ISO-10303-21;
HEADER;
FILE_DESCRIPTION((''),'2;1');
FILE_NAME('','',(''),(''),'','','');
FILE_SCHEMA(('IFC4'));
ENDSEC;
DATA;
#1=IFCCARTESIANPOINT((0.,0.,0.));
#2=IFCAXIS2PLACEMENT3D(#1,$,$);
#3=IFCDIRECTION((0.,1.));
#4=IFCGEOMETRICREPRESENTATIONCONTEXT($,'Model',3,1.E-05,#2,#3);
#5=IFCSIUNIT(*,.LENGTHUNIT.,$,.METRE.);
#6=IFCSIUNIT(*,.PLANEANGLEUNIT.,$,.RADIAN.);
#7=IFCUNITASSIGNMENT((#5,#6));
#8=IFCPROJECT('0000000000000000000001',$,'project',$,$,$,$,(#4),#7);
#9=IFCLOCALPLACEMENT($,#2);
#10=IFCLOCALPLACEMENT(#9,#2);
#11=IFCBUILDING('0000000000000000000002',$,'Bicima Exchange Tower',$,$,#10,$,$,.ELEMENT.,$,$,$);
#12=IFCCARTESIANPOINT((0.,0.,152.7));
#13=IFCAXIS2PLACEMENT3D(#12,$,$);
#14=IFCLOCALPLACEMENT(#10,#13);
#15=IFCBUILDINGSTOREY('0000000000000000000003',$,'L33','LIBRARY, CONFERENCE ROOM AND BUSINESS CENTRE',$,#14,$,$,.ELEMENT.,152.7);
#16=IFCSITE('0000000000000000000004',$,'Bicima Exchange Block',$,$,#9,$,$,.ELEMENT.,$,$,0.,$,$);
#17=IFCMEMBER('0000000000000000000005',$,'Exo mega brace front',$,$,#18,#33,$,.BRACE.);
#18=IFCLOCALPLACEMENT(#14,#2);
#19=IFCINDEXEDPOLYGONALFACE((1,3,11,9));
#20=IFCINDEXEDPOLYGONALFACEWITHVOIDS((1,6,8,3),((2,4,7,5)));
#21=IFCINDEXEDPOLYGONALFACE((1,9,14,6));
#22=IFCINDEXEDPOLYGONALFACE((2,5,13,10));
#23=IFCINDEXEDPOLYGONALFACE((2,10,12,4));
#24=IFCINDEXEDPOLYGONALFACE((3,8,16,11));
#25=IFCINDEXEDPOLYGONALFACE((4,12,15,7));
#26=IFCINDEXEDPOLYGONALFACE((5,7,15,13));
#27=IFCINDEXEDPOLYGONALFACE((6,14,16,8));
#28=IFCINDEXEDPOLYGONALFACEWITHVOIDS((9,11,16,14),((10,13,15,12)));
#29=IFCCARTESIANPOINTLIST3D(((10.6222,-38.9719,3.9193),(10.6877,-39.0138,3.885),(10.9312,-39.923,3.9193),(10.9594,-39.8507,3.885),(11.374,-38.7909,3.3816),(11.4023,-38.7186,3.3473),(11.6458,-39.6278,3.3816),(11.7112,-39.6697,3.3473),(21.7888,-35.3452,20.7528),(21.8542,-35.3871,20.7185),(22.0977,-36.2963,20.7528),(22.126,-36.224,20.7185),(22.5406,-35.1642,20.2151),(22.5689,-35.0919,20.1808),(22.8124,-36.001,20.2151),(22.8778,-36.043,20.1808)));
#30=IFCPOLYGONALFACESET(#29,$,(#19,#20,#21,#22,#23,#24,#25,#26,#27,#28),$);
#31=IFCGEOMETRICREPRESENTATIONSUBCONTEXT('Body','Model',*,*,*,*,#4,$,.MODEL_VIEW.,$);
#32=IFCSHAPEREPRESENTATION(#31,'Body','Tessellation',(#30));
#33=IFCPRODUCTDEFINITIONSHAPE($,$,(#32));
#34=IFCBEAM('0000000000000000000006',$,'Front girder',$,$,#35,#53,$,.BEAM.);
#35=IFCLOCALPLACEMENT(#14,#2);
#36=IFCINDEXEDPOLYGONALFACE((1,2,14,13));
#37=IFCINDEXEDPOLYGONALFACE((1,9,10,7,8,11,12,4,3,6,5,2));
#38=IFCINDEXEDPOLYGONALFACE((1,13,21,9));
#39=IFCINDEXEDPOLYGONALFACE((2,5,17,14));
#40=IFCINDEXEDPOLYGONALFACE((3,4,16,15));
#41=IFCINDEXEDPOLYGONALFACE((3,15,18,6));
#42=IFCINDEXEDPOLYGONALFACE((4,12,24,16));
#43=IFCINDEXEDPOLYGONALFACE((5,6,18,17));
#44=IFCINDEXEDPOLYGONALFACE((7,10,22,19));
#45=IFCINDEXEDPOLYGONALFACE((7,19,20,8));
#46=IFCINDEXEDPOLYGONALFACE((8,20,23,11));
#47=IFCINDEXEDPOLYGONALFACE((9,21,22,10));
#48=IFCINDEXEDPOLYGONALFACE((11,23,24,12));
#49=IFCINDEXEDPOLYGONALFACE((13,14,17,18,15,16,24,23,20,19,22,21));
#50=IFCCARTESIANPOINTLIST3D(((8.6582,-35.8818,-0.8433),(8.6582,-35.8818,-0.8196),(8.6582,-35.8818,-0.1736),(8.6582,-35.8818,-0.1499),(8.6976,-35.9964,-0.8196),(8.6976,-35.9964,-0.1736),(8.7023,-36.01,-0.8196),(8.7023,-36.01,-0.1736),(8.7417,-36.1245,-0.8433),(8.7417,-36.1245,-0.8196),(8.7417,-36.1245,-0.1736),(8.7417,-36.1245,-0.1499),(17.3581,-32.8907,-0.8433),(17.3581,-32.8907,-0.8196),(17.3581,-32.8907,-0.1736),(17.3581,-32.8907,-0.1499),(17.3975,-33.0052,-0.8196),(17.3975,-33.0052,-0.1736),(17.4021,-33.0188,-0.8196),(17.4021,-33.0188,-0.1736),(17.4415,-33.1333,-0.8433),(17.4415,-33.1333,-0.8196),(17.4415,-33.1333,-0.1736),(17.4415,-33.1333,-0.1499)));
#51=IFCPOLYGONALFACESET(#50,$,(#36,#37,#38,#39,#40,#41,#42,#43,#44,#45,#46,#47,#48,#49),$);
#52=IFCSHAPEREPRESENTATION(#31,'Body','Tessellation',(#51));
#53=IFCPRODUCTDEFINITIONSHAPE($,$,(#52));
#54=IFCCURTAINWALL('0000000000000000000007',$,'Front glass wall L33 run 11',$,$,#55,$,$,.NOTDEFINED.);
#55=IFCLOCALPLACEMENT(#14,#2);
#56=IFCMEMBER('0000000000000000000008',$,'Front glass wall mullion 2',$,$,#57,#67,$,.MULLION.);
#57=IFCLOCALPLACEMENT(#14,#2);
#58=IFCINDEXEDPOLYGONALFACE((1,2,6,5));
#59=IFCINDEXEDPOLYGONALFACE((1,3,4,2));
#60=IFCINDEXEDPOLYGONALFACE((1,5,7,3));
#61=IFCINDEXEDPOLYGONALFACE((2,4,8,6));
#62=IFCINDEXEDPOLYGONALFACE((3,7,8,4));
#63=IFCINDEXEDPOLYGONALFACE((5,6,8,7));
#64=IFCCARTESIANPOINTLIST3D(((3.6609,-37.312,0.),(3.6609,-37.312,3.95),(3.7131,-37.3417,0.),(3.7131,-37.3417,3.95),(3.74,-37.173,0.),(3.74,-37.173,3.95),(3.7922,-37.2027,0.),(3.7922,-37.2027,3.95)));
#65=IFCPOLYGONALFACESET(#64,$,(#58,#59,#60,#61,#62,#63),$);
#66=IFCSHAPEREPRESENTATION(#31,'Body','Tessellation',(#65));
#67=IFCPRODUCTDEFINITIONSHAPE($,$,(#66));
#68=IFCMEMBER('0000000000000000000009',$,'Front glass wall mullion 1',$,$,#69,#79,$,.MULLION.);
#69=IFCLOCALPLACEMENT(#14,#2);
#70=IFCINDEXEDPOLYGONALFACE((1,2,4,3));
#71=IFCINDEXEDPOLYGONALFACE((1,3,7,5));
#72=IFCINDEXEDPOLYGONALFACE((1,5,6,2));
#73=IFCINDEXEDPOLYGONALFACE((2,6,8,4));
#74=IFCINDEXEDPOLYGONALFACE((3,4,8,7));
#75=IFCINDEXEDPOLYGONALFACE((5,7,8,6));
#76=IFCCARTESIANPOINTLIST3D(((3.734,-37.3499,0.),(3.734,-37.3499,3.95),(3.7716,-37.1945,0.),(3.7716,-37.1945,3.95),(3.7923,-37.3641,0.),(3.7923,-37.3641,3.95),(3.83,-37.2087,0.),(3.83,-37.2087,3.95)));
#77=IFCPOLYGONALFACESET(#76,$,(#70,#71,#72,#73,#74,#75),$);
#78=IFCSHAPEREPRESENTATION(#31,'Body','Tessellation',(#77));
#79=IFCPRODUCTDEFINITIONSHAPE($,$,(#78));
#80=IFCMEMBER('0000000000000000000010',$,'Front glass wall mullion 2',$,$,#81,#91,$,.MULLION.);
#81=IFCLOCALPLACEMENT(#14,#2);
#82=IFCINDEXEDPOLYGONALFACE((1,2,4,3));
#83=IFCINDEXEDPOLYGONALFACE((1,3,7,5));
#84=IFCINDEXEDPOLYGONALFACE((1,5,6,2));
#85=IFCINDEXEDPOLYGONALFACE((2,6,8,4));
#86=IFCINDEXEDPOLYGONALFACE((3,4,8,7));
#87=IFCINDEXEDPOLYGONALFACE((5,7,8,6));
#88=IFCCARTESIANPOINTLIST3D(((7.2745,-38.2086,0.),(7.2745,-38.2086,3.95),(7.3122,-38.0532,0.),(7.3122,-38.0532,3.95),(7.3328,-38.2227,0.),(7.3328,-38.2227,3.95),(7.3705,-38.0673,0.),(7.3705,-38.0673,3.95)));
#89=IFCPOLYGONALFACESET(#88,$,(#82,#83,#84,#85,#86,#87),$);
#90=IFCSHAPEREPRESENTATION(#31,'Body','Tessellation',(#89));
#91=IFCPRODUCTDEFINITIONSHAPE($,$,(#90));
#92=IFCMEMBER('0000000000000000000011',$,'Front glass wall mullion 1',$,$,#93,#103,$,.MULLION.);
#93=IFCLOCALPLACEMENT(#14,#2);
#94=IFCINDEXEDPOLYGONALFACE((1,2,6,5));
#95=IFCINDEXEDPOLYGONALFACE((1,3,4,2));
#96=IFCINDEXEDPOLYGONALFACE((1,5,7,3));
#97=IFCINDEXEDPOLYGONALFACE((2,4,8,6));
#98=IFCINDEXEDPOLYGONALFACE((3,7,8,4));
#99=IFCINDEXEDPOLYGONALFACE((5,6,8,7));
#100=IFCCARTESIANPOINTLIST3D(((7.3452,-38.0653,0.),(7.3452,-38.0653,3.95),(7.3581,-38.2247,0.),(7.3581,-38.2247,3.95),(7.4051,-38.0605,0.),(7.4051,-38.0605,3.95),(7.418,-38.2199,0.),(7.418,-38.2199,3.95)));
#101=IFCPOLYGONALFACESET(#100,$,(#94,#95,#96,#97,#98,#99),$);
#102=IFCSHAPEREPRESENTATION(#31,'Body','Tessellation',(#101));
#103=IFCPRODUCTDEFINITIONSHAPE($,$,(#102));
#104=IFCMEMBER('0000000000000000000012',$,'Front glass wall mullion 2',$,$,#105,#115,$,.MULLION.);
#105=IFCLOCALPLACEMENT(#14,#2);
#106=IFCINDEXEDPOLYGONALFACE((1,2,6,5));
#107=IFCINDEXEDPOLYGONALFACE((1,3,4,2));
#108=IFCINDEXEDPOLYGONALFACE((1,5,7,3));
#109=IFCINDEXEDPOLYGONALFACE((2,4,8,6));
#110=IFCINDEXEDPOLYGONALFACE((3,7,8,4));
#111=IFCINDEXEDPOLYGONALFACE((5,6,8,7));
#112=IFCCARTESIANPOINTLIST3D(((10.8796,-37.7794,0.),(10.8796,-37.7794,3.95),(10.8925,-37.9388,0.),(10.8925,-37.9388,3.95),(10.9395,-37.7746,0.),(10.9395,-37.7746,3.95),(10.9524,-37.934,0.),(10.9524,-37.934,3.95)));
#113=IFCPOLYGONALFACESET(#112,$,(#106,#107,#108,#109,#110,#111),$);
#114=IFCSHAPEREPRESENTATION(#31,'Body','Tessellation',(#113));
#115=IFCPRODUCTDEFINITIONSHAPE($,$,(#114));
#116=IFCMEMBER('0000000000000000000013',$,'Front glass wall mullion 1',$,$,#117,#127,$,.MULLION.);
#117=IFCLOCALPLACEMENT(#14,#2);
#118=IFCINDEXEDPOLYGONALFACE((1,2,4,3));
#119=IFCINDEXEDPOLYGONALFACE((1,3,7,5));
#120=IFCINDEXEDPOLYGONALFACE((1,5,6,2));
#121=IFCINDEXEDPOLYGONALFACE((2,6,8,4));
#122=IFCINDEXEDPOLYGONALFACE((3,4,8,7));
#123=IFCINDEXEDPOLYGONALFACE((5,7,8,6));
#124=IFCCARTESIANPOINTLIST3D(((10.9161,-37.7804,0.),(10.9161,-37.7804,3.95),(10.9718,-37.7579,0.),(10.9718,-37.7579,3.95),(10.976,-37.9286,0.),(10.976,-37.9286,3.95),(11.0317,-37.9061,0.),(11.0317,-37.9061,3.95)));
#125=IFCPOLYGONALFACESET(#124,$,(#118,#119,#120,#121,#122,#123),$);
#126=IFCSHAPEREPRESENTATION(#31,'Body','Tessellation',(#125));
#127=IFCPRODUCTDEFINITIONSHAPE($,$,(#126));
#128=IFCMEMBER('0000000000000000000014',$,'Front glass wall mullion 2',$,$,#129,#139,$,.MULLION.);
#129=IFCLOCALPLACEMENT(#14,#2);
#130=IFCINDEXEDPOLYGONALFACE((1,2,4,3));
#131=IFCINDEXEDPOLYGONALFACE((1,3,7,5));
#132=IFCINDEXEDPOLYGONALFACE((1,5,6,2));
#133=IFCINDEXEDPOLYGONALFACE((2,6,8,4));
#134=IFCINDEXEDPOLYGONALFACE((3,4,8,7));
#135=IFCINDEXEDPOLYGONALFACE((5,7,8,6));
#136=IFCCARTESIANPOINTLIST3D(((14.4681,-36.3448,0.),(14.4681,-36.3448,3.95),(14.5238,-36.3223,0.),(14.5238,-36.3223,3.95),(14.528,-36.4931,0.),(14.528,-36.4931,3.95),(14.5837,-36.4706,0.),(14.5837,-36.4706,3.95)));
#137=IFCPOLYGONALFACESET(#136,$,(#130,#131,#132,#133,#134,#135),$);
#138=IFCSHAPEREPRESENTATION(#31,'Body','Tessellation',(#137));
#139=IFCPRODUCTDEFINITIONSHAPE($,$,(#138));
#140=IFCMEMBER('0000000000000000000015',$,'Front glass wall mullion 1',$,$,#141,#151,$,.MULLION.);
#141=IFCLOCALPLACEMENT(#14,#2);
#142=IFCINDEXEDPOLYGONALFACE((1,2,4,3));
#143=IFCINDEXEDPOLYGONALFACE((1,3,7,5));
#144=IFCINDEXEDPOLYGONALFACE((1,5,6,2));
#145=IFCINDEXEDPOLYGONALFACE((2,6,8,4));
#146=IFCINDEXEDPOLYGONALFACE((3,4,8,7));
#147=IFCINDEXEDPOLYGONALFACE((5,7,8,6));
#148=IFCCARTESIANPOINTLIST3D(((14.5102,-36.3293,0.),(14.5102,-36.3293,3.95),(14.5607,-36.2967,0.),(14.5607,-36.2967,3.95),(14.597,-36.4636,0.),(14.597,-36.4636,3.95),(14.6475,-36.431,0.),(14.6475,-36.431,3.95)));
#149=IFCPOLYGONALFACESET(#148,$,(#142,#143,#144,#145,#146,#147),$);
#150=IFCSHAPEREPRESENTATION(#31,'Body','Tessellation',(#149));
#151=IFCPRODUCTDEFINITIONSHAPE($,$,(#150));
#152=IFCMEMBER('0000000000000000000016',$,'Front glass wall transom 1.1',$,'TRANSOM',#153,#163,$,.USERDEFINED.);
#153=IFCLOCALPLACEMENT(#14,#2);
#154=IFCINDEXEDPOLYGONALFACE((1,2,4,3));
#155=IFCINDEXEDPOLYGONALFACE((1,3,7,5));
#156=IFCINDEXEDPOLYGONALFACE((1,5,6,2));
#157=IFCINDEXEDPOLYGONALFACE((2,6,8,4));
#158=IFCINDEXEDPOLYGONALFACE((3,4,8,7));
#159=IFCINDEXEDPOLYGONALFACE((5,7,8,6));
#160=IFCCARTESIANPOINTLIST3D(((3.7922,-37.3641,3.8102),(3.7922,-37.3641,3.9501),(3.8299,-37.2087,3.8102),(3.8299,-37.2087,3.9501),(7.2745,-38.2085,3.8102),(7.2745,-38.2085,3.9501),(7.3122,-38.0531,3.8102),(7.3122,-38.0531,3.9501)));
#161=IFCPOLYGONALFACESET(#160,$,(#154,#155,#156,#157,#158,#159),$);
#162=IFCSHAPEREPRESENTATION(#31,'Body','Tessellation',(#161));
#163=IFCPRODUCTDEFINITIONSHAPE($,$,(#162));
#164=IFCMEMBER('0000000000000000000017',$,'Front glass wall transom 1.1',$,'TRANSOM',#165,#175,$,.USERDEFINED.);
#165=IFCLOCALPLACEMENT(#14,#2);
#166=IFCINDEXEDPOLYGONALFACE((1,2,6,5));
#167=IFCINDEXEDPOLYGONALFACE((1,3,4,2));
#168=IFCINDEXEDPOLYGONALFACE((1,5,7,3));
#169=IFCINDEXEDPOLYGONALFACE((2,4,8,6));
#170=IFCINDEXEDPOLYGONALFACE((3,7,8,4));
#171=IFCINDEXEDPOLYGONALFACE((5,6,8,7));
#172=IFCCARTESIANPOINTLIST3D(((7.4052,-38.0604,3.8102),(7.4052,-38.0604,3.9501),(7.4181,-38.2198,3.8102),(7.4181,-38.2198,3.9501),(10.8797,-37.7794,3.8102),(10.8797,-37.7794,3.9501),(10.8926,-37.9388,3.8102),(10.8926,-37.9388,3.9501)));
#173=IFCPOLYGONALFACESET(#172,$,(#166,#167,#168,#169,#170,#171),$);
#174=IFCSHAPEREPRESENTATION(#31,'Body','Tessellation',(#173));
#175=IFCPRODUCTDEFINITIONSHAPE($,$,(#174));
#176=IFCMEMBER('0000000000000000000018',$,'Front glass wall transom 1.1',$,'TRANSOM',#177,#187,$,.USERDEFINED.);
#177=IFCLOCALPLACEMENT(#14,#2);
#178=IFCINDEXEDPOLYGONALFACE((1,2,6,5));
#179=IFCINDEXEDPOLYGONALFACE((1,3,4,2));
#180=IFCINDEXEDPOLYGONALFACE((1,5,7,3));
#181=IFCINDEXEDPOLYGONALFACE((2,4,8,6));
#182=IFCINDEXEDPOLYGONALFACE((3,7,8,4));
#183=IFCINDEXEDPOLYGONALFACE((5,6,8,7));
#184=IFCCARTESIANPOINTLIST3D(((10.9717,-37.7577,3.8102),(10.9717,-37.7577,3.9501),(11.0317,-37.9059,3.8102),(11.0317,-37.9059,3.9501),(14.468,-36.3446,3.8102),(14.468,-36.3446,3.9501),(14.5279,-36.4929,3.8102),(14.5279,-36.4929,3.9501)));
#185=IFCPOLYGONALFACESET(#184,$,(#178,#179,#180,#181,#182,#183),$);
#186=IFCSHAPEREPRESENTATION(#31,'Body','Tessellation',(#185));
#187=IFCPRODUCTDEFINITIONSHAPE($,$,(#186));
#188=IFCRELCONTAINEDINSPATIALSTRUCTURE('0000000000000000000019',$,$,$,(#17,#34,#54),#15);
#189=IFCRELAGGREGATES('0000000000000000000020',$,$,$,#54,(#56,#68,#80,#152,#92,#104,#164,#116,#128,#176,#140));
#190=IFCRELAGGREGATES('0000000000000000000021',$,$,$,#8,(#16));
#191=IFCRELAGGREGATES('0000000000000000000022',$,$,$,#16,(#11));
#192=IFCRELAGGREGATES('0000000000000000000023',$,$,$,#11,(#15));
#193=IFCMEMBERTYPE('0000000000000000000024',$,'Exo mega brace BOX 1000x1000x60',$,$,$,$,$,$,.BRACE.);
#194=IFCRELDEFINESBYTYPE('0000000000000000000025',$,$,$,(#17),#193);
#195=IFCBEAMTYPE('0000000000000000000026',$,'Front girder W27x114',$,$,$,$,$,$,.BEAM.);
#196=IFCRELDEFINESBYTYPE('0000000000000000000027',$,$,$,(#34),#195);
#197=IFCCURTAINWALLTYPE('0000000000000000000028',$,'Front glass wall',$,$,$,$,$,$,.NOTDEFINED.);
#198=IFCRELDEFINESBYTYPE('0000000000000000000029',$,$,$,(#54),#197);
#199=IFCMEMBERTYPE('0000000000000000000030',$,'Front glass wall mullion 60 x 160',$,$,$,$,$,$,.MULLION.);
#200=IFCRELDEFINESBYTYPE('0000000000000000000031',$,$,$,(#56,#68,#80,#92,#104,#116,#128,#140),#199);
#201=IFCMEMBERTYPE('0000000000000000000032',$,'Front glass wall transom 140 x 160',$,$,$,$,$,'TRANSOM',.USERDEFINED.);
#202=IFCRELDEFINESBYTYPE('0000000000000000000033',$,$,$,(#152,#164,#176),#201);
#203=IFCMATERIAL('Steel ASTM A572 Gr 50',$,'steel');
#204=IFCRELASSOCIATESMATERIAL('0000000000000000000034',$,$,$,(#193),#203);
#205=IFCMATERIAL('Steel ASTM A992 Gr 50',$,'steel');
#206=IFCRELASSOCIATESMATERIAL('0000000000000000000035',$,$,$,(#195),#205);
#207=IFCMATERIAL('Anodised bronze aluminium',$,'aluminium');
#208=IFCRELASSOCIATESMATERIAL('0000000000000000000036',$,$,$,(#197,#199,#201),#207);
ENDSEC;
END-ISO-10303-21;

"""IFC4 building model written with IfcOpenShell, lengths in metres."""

from ifc_helpers import new_model, si_unit, direction, frame, origin, origin_2d, place, context, subcontext, project, spatial, rectangle, hollow_rectangle, i_section, extrude, material, material_profile, profile_set, type_object, element, aggregate, save


model = new_model("IFC4")

# Units and contexts
model_context = context("Model", 3, precision=1e-05, world=origin(), true_north=direction((0.0, 1.0)))
body_context = subcontext(model_context, "Body", "Model", "MODEL_VIEW")
ifc_project = project(units=[si_unit("LENGTHUNIT", "METRE"), si_unit("PLANEANGLEUNIT", "RADIAN")], contexts=[model_context])

# Site, building, storey
site_placement = place(None, origin())
site = spatial("IfcSite", under=ifc_project, at=site_placement, Name="Bicima Exchange Block", CompositionType="ELEMENT", RefElevation=0.0)
building_placement = place(site_placement, origin())
building = spatial("IfcBuilding", under=site, at=building_placement, Name="Bicima Exchange Tower", CompositionType="ELEMENT")
storey_placement = place(building_placement, frame((0.0, 0.0, 152.7)))
storey = spatial("IfcBuildingStorey", under=building, at=storey_placement, Name="L33", Description="LIBRARY, CONFERENCE ROOM AND BUSINESS CENTRE", CompositionType="ELEMENT", Elevation=152.7)

# Member
ifc_material_1 = material(Name="Steel ASTM A572 Gr 50", Category="steel")
ifc_material_profile_1 = material_profile(ifc_material_1, hollow_rectangle(XDim=1.0, YDim=1.0, WallThickness=0.0601, at=origin_2d()))
ifc_profile_set_1 = profile_set([ifc_material_profile_1], Name="Steel ASTM A572 Gr 50")
member_type_1 = type_object("IfcMemberType", Name="Exo mega brace BOX 1000x1000x60", PredefinedType="BRACE", material=ifc_profile_set_1)
member_1_placement = place(storey_placement, frame((11.1667, -39.3208, 3.6333), z_axis=(0.544086, 0.176711, 0.820209), x_axis=(-0.308901, 0.951094, 0.0)))
element("IfcMember", 1, at=member_1_placement, inside=storey, type_object=member_type_1, Name="Exo mega brace front", PredefinedType="BRACE", context=body_context, shape_type="SweptSolid", body=[
    extrude(hollow_rectangle(XDim=1.0, YDim=1.0, WallThickness=0.0601, at=origin_2d()), origin(), (0.0, 0.0, 1.0), 20.5234),
])

# Beam
ifc_material_2 = material(Name="Steel ASTM A992 Gr 50", Category="steel")
ifc_material_profile_2 = material_profile(ifc_material_2, i_section(OverallWidth=0.2566, OverallDepth=0.6934, WebThickness=0.0144, FlangeThickness=0.0237, at=origin_2d()))
ifc_profile_set_2 = profile_set([ifc_material_profile_2], Name="Steel ASTM A992 Gr 50")
beam_type = type_object("IfcBeamType", Name="Front girder W27x114", PredefinedType="BEAM", material=ifc_profile_set_2)
beam_placement = place(storey_placement, frame((8.7, -36.0032, -0.4966), z_axis=(0.945666, 0.325138, 0.0), x_axis=(-0.325138, 0.945666, 0.0)))
element("IfcBeam", 2, at=beam_placement, inside=storey, type_object=beam_type, Name="Front girder", PredefinedType="BEAM", context=body_context, shape_type="SweptSolid", body=[
    extrude(i_section(OverallWidth=0.2566, OverallDepth=0.6934, WebThickness=0.0144, FlangeThickness=0.0237, at=origin_2d()), origin(), (0.0, 0.0, 1.0), 9.1997),
])

# Curtain wall, members
ifc_material_3 = material(Name="Anodised bronze aluminium", Category="aluminium")
curtain_wall_type = type_object("IfcCurtainWallType", Name="Front glass wall", PredefinedType="NOTDEFINED", material=ifc_material_3)
curtain_wall_placement = place(storey_placement, origin())
curtain_wall = element("IfcCurtainWall", 3, at=curtain_wall_placement, inside=storey, type_object=curtain_wall_type, Name="Front glass wall L33 run 11", PredefinedType="NOTDEFINED")
ifc_material_profile_3 = material_profile(ifc_material_3, rectangle(XDim=0.1599, YDim=0.0601, at=origin_2d()))
ifc_profile_set_3 = profile_set([ifc_material_profile_3], Name="Anodised bronze aluminium")
member_type_2 = type_object("IfcMemberType", Name="Front glass wall mullion 60 x 160", PredefinedType="MULLION", material=ifc_profile_set_3)
member_2_placement = place(storey_placement, frame((3.7266, -37.2573, 0.0), z_axis=(0.0, 0.0, 1.0), x_axis=(0.49433, 0.869274, 0.0)))
member_2 = element("IfcMember", 4, at=member_2_placement, type_object=member_type_2, Name="Front glass wall mullion 2", PredefinedType="MULLION", context=body_context, shape_type="SweptSolid", body=[
    extrude(rectangle(XDim=0.1599, YDim=0.0601, at=origin_2d()), origin(), (0.0, 0.0, 1.0), 3.95),
])
member_3_placement = place(storey_placement, frame((3.782, -37.2793, 0.0), z_axis=(0.0, 0.0, 1.0), x_axis=(0.235682, 0.97183, 0.0)))
member_3 = element("IfcMember", 5, at=member_3_placement, type_object=member_type_2, Name="Front glass wall mullion 1", PredefinedType="MULLION", context=body_context, shape_type="SweptSolid", body=[
    extrude(rectangle(XDim=0.1599, YDim=0.0601, at=origin_2d()), origin(), (0.0, 0.0, 1.0), 3.95),
])
member_4_placement = place(storey_placement, frame((7.3225, -38.1379, 0.0), z_axis=(0.0, 0.0, 1.0), x_axis=(0.235682, 0.97183, 0.0)))
member_4 = element("IfcMember", 6, at=member_4_placement, type_object=member_type_2, Name="Front glass wall mullion 2", PredefinedType="MULLION", context=body_context, shape_type="SweptSolid", body=[
    extrude(rectangle(XDim=0.1599, YDim=0.0601, at=origin_2d()), origin(), (0.0, 0.0, 1.0), 3.95),
])
member_5_placement = place(storey_placement, frame((7.3816, -38.1426, 0.0), z_axis=(0.0, 0.0, 1.0), x_axis=(-0.080589, 0.996747, 0.0)))
member_5 = element("IfcMember", 7, at=member_5_placement, type_object=member_type_2, Name="Front glass wall mullion 1", PredefinedType="MULLION", context=body_context, shape_type="SweptSolid", body=[
    extrude(rectangle(XDim=0.1599, YDim=0.0601, at=origin_2d()), origin(), (0.0, 0.0, 1.0), 3.95),
])
member_6_placement = place(storey_placement, frame((10.916, -37.8567, 0.0), z_axis=(0.0, 0.0, 1.0), x_axis=(-0.080589, 0.996747, 0.0)))
member_6 = element("IfcMember", 8, at=member_6_placement, type_object=member_type_2, Name="Front glass wall mullion 2", PredefinedType="MULLION", context=body_context, shape_type="SweptSolid", body=[
    extrude(rectangle(XDim=0.1599, YDim=0.0601, at=origin_2d()), origin(), (0.0, 0.0, 1.0), 3.95),
])
member_7_placement = place(storey_placement, frame((10.9739, -37.8433, 0.0), z_axis=(0.0, 0.0, 1.0), x_axis=(-0.374705, 0.927144, 0.0)))
member_7 = element("IfcMember", 9, at=member_7_placement, type_object=member_type_2, Name="Front glass wall mullion 1", PredefinedType="MULLION", context=body_context, shape_type="SweptSolid", body=[
    extrude(rectangle(XDim=0.1599, YDim=0.0601, at=origin_2d()), origin(), (0.0, 0.0, 1.0), 3.95),
])
member_8_placement = place(storey_placement, frame((14.5259, -36.4077, 0.0), z_axis=(0.0, 0.0, 1.0), x_axis=(-0.374705, 0.927144, 0.0)))
member_8 = element("IfcMember", 10, at=member_8_placement, type_object=member_type_2, Name="Front glass wall mullion 2", PredefinedType="MULLION", context=body_context, shape_type="SweptSolid", body=[
    extrude(rectangle(XDim=0.1599, YDim=0.0601, at=origin_2d()), origin(), (0.0, 0.0, 1.0), 3.95),
])
member_9_placement = place(storey_placement, frame((14.5789, -36.3801, 0.0), z_axis=(0.0, 0.0, 1.0), x_axis=(-0.542909, 0.839791, 0.0)))
member_9 = element("IfcMember", 11, at=member_9_placement, type_object=member_type_2, Name="Front glass wall mullion 1", PredefinedType="MULLION", context=body_context, shape_type="SweptSolid", body=[
    extrude(rectangle(XDim=0.1599, YDim=0.0601, at=origin_2d()), origin(), (0.0, 0.0, 1.0), 3.95),
])
ifc_material_profile_4 = material_profile(ifc_material_3, rectangle(XDim=0.1599, YDim=0.1399, at=origin_2d()))
ifc_profile_set_4 = profile_set([ifc_material_profile_4], Name="Anodised bronze aluminium")
member_type_3 = type_object("IfcMemberType", Name="Front glass wall transom 140 x 160", ElementType="TRANSOM", PredefinedType="USERDEFINED", material=ifc_profile_set_4)
member_10_placement = place(storey_placement, frame((3.811, -37.2864, 3.8801), z_axis=(0.971834, -0.235668, 0.0), x_axis=(0.235668, 0.971834, 0.0)))
member_10 = element("IfcMember", 12, at=member_10_placement, type_object=member_type_3, Name="Front glass wall transom 1.1", ObjectType="TRANSOM", PredefinedType="USERDEFINED", context=body_context, shape_type="SweptSolid", body=[
    extrude(rectangle(XDim=0.1599, YDim=0.1399, at=origin_2d()), origin(), (0.0, 0.0, 1.0), 3.5833),
])
member_11_placement = place(storey_placement, frame((7.4116, -38.1401, 3.8801), z_axis=(0.996746, 0.080611, 0.0), x_axis=(-0.080611, 0.996746, 0.0)))
member_11 = element("IfcMember", 13, at=member_11_placement, type_object=member_type_3, Name="Front glass wall transom 1.1", ObjectType="TRANSOM", PredefinedType="USERDEFINED", context=body_context, shape_type="SweptSolid", body=[
    extrude(rectangle(XDim=0.1599, YDim=0.1399, at=origin_2d()), origin(), (0.0, 0.0, 1.0), 3.4858),
])
member_12_placement = place(storey_placement, frame((11.0017, -37.8318, 3.8801), z_axis=(0.92714, 0.374715, 0.0), x_axis=(-0.374715, 0.92714, 0.0)))
member_12 = element("IfcMember", 14, at=member_12_placement, type_object=member_type_3, Name="Front glass wall transom 1.1", ObjectType="TRANSOM", PredefinedType="USERDEFINED", context=body_context, shape_type="SweptSolid", body=[
    extrude(rectangle(XDim=0.1599, YDim=0.1399, at=origin_2d()), origin(), (0.0, 0.0, 1.0), 3.771),
])

aggregate(curtain_wall, [member_2, member_3, member_4, member_10, member_5, member_6, member_11, member_7, member_8, member_12, member_9])

save(model, "model.ifc")
